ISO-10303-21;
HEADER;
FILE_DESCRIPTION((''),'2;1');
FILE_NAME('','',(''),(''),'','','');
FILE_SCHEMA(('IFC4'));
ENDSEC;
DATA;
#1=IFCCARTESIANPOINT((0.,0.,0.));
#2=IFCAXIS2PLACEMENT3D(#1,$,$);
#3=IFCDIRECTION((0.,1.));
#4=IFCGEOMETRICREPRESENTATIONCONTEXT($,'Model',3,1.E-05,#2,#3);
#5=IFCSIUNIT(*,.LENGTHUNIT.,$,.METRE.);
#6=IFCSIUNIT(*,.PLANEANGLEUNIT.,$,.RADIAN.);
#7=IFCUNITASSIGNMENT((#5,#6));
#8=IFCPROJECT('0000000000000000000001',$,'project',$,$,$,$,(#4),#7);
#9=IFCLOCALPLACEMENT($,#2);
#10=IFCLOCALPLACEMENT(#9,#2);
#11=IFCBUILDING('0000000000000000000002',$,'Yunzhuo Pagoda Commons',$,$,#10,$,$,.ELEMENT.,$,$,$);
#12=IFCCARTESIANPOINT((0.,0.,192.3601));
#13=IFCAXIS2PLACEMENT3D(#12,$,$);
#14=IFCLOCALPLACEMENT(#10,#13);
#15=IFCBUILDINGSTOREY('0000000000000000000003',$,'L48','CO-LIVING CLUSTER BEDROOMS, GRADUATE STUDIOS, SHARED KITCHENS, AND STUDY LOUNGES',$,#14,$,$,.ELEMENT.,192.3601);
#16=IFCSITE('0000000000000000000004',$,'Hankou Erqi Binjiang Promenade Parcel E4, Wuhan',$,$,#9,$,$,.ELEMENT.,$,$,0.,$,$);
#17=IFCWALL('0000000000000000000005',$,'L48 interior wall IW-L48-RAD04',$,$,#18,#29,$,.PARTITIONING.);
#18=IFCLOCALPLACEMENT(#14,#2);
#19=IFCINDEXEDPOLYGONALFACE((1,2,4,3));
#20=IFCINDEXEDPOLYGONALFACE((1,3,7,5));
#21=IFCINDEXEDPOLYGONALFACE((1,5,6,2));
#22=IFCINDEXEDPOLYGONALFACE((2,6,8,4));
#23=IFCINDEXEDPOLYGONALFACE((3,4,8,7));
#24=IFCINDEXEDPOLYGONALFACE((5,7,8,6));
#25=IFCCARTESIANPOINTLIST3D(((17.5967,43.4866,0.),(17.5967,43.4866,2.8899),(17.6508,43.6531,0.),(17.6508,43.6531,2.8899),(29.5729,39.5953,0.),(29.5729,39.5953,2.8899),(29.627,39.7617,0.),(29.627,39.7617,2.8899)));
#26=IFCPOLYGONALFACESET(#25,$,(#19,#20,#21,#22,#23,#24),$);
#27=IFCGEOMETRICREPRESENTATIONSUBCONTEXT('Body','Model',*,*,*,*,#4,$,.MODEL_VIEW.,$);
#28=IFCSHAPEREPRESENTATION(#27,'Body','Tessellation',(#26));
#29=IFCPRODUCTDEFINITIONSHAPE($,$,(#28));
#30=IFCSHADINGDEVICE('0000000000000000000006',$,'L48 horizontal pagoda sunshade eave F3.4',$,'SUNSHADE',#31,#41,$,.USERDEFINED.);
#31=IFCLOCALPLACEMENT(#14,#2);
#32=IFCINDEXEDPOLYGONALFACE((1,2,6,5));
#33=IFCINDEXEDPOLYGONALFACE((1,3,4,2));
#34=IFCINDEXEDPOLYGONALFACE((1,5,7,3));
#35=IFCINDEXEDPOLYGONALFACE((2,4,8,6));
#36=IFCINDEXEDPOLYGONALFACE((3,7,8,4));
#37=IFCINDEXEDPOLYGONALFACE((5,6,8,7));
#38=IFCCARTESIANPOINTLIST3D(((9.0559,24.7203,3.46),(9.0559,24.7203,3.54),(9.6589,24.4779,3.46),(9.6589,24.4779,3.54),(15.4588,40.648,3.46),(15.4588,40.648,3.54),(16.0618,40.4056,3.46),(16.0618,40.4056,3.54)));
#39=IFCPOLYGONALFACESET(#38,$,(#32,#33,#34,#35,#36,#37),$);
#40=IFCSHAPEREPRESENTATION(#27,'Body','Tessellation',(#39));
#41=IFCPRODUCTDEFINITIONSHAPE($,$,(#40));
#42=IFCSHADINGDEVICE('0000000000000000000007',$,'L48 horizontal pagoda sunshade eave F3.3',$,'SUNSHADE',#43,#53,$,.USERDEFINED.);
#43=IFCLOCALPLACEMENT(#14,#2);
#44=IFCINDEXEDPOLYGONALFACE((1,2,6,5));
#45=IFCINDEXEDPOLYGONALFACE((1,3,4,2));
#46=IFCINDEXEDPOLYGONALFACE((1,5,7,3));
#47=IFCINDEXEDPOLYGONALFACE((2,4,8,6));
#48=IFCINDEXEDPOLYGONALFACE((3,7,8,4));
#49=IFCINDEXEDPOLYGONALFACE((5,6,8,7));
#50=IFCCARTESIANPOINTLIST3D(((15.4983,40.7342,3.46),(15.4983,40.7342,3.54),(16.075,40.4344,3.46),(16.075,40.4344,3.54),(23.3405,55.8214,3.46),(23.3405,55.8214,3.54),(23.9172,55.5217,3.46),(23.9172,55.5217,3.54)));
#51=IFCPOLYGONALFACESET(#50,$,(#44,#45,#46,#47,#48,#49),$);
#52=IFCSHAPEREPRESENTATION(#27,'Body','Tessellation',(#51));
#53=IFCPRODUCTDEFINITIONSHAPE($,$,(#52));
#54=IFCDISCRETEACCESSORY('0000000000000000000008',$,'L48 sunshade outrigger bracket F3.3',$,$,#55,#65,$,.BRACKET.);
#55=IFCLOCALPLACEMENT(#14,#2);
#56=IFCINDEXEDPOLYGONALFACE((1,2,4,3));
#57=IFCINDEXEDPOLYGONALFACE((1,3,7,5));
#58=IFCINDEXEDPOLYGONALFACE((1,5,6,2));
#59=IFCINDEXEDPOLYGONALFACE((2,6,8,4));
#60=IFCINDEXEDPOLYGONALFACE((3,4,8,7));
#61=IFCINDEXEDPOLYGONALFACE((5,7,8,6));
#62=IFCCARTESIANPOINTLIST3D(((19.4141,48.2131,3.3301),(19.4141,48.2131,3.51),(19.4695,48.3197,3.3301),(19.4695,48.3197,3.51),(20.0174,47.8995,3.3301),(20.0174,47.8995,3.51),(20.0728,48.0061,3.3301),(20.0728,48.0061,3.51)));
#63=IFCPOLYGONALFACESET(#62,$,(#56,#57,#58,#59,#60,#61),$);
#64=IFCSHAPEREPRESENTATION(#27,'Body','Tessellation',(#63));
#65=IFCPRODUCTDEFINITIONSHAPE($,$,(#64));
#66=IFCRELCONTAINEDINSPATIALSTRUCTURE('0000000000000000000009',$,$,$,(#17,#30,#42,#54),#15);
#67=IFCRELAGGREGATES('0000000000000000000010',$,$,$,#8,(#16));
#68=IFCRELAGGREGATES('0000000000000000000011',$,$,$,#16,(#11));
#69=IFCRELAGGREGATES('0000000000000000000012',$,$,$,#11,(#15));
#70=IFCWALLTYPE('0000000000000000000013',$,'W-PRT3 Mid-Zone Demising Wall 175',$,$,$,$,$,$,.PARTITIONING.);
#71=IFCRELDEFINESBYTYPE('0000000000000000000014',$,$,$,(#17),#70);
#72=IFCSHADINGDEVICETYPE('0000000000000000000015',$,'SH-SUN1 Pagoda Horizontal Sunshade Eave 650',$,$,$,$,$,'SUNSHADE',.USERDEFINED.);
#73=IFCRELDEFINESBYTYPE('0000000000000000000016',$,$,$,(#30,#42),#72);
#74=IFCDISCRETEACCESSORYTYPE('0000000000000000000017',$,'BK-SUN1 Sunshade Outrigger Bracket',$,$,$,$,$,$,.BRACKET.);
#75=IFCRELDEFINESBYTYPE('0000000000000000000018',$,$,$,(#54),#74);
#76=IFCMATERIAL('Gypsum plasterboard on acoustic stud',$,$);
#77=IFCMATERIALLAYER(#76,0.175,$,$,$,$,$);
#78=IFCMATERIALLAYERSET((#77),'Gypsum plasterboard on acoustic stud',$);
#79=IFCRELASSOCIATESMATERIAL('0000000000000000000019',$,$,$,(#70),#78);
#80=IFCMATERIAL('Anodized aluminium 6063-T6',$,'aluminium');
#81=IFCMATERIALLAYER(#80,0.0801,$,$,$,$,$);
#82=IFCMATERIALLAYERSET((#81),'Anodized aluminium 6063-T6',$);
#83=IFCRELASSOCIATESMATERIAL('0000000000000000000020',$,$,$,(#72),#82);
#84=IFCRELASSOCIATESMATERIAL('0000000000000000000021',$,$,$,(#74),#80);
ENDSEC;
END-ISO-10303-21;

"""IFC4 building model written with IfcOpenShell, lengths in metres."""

from ifc_helpers import new_model, si_unit, direction, frame, frame_2d, origin, origin_2d, place, context, subcontext, project, spatial, rectangle, extrude, source, transform, mapped, material, layer, layer_set, type_object, element, save


model = new_model("IFC4")

# Units and contexts
model_context = context("Model", 3, precision=1e-05, world=origin(), true_north=direction((0.0, 1.0)))
body_context = subcontext(model_context, "Body", "Model", "MODEL_VIEW")
ifc_project = project(units=[si_unit("LENGTHUNIT", "METRE"), si_unit("PLANEANGLEUNIT", "RADIAN")], contexts=[model_context])

# Site, building, storey
site_placement = place(None, origin())
site = spatial("IfcSite", under=ifc_project, at=site_placement, Name="Hankou Erqi Binjiang Promenade Parcel E4, Wuhan", CompositionType="ELEMENT", RefElevation=0.0)
building_placement = place(site_placement, origin())
building = spatial("IfcBuilding", under=site, at=building_placement, Name="Yunzhuo Pagoda Commons", CompositionType="ELEMENT")
storey_placement = place(building_placement, frame((0.0, 0.0, 192.3601)))
storey = spatial("IfcBuildingStorey", under=building, at=storey_placement, Name="L48", Description="CO-LIVING CLUSTER BEDROOMS, GRADUATE STUDIOS, SHARED KITCHENS, AND STUDY LOUNGES", CompositionType="ELEMENT", Elevation=192.3601)

# Shared definitions
ifc_material_1 = material(Name="Anodized aluminium 6063-T6", Category="aluminium")

# Shared definitions
ifc_material_2 = material(Name="Gypsum plasterboard on acoustic stud")

# Wall
ifc_layer_1 = layer(ifc_material_2, 0.175)
ifc_layer_set_1 = layer_set([ifc_layer_1], Name="Gypsum plasterboard on acoustic stud")
wall_type_1 = type_object("IfcWallType", Name="W-PRT3 Mid-Zone Demising Wall 175", PredefinedType="PARTITIONING", material=ifc_layer_set_1)
wall_1_placement = place(storey_placement, frame((29.6001, 39.6785, 0.0), z_axis=(0.0, 0.0, 1.0), x_axis=(-0.951056, 0.309018, 0.0)))
element("IfcWall", 1, at=wall_1_placement, inside=storey, type_object=wall_type_1, Name="L48 interior wall IW-L48-RAD04", PredefinedType="PARTITIONING", context=body_context, shape_type="SweptSolid", body=[
    extrude(rectangle(XDim=12.5925, YDim=0.175, at=frame_2d((6.2964, 0.0))), origin(), (0.0, 0.0, 1.0), 2.8899),
])

# Shading devices
ifc_layer_2 = layer(ifc_material_1, 0.0801)
ifc_layer_set_2 = layer_set([ifc_layer_2], Name="Anodized aluminium 6063-T6")
shading_device_type = type_object("IfcShadingDeviceType", Name="SH-SUN1 Pagoda Horizontal Sunshade Eave 650", ElementType="SUNSHADE", PredefinedType="USERDEFINED", material=ifc_layer_set_2)
shared_shape_1 = source(origin(), body_context, "Body", "SweptSolid", [
    extrude(rectangle(XDim=17.1665, YDim=0.6499, at=origin_2d()), origin(), (0.0, 0.0, 1.0), 0.0801),
])
shading_device_1_placement = place(storey_placement, frame((12.5588, 32.563, 3.46), z_axis=(0.0, 0.0, 1.0), x_axis=(-0.372988, -0.927836, 0.0)))
element("IfcShadingDevice", 2, at=shading_device_1_placement, inside=storey, type_object=shading_device_type, Name="L48 horizontal pagoda sunshade eave F3.4", ObjectType="SUNSHADE", PredefinedType="USERDEFINED", context=body_context, shape_type="MappedRepresentation", body=[
    mapped(shared_shape_1, transform((0.0, 0.0, 0.0), scale=1.0)),
])
shared_shape_2 = source(origin(), body_context, "Body", "SweptSolid", [
    extrude(rectangle(XDim=17.0037, YDim=0.6499, at=origin_2d()), origin(), (0.0, 0.0, 1.0), 0.0801),
])
shading_device_2_placement = place(storey_placement, frame((19.7078, 48.1279, 3.46), z_axis=(0.0, 0.0, 1.0), x_axis=(-0.461207, -0.887293, 0.0)))
element("IfcShadingDevice", 3, at=shading_device_2_placement, inside=storey, type_object=shading_device_type, Name="L48 horizontal pagoda sunshade eave F3.3", ObjectType="SUNSHADE", PredefinedType="USERDEFINED", context=body_context, shape_type="MappedRepresentation", body=[
    mapped(shared_shape_2, transform((0.0, 0.0, 0.0), scale=1.0)),
])

# Discrete accessory
discrete_accessory_type = type_object("IfcDiscreteAccessoryType", Name="BK-SUN1 Sunshade Outrigger Bracket", PredefinedType="BRACKET", material=ifc_material_1)
shared_shape_3 = source(origin(), body_context, "Body", "SweptSolid", [
    extrude(rectangle(XDim=0.1201, YDim=0.6799, at=origin_2d()), origin(), (0.0, 0.0, 1.0), 0.1799),
])
discrete_accessory_placement = place(storey_placement, frame((19.7434, 48.1096, 3.3301), z_axis=(0.0, 0.0, 1.0), x_axis=(-0.461207, -0.887293, 0.0)))
element("IfcDiscreteAccessory", 4, at=discrete_accessory_placement, inside=storey, type_object=discrete_accessory_type, Name="L48 sunshade outrigger bracket F3.3", PredefinedType="BRACKET", context=body_context, shape_type="MappedRepresentation", body=[
    mapped(shared_shape_3, transform((0.0, 0.0, 0.0), scale=1.0)),
])

save(model, "model.ifc")
